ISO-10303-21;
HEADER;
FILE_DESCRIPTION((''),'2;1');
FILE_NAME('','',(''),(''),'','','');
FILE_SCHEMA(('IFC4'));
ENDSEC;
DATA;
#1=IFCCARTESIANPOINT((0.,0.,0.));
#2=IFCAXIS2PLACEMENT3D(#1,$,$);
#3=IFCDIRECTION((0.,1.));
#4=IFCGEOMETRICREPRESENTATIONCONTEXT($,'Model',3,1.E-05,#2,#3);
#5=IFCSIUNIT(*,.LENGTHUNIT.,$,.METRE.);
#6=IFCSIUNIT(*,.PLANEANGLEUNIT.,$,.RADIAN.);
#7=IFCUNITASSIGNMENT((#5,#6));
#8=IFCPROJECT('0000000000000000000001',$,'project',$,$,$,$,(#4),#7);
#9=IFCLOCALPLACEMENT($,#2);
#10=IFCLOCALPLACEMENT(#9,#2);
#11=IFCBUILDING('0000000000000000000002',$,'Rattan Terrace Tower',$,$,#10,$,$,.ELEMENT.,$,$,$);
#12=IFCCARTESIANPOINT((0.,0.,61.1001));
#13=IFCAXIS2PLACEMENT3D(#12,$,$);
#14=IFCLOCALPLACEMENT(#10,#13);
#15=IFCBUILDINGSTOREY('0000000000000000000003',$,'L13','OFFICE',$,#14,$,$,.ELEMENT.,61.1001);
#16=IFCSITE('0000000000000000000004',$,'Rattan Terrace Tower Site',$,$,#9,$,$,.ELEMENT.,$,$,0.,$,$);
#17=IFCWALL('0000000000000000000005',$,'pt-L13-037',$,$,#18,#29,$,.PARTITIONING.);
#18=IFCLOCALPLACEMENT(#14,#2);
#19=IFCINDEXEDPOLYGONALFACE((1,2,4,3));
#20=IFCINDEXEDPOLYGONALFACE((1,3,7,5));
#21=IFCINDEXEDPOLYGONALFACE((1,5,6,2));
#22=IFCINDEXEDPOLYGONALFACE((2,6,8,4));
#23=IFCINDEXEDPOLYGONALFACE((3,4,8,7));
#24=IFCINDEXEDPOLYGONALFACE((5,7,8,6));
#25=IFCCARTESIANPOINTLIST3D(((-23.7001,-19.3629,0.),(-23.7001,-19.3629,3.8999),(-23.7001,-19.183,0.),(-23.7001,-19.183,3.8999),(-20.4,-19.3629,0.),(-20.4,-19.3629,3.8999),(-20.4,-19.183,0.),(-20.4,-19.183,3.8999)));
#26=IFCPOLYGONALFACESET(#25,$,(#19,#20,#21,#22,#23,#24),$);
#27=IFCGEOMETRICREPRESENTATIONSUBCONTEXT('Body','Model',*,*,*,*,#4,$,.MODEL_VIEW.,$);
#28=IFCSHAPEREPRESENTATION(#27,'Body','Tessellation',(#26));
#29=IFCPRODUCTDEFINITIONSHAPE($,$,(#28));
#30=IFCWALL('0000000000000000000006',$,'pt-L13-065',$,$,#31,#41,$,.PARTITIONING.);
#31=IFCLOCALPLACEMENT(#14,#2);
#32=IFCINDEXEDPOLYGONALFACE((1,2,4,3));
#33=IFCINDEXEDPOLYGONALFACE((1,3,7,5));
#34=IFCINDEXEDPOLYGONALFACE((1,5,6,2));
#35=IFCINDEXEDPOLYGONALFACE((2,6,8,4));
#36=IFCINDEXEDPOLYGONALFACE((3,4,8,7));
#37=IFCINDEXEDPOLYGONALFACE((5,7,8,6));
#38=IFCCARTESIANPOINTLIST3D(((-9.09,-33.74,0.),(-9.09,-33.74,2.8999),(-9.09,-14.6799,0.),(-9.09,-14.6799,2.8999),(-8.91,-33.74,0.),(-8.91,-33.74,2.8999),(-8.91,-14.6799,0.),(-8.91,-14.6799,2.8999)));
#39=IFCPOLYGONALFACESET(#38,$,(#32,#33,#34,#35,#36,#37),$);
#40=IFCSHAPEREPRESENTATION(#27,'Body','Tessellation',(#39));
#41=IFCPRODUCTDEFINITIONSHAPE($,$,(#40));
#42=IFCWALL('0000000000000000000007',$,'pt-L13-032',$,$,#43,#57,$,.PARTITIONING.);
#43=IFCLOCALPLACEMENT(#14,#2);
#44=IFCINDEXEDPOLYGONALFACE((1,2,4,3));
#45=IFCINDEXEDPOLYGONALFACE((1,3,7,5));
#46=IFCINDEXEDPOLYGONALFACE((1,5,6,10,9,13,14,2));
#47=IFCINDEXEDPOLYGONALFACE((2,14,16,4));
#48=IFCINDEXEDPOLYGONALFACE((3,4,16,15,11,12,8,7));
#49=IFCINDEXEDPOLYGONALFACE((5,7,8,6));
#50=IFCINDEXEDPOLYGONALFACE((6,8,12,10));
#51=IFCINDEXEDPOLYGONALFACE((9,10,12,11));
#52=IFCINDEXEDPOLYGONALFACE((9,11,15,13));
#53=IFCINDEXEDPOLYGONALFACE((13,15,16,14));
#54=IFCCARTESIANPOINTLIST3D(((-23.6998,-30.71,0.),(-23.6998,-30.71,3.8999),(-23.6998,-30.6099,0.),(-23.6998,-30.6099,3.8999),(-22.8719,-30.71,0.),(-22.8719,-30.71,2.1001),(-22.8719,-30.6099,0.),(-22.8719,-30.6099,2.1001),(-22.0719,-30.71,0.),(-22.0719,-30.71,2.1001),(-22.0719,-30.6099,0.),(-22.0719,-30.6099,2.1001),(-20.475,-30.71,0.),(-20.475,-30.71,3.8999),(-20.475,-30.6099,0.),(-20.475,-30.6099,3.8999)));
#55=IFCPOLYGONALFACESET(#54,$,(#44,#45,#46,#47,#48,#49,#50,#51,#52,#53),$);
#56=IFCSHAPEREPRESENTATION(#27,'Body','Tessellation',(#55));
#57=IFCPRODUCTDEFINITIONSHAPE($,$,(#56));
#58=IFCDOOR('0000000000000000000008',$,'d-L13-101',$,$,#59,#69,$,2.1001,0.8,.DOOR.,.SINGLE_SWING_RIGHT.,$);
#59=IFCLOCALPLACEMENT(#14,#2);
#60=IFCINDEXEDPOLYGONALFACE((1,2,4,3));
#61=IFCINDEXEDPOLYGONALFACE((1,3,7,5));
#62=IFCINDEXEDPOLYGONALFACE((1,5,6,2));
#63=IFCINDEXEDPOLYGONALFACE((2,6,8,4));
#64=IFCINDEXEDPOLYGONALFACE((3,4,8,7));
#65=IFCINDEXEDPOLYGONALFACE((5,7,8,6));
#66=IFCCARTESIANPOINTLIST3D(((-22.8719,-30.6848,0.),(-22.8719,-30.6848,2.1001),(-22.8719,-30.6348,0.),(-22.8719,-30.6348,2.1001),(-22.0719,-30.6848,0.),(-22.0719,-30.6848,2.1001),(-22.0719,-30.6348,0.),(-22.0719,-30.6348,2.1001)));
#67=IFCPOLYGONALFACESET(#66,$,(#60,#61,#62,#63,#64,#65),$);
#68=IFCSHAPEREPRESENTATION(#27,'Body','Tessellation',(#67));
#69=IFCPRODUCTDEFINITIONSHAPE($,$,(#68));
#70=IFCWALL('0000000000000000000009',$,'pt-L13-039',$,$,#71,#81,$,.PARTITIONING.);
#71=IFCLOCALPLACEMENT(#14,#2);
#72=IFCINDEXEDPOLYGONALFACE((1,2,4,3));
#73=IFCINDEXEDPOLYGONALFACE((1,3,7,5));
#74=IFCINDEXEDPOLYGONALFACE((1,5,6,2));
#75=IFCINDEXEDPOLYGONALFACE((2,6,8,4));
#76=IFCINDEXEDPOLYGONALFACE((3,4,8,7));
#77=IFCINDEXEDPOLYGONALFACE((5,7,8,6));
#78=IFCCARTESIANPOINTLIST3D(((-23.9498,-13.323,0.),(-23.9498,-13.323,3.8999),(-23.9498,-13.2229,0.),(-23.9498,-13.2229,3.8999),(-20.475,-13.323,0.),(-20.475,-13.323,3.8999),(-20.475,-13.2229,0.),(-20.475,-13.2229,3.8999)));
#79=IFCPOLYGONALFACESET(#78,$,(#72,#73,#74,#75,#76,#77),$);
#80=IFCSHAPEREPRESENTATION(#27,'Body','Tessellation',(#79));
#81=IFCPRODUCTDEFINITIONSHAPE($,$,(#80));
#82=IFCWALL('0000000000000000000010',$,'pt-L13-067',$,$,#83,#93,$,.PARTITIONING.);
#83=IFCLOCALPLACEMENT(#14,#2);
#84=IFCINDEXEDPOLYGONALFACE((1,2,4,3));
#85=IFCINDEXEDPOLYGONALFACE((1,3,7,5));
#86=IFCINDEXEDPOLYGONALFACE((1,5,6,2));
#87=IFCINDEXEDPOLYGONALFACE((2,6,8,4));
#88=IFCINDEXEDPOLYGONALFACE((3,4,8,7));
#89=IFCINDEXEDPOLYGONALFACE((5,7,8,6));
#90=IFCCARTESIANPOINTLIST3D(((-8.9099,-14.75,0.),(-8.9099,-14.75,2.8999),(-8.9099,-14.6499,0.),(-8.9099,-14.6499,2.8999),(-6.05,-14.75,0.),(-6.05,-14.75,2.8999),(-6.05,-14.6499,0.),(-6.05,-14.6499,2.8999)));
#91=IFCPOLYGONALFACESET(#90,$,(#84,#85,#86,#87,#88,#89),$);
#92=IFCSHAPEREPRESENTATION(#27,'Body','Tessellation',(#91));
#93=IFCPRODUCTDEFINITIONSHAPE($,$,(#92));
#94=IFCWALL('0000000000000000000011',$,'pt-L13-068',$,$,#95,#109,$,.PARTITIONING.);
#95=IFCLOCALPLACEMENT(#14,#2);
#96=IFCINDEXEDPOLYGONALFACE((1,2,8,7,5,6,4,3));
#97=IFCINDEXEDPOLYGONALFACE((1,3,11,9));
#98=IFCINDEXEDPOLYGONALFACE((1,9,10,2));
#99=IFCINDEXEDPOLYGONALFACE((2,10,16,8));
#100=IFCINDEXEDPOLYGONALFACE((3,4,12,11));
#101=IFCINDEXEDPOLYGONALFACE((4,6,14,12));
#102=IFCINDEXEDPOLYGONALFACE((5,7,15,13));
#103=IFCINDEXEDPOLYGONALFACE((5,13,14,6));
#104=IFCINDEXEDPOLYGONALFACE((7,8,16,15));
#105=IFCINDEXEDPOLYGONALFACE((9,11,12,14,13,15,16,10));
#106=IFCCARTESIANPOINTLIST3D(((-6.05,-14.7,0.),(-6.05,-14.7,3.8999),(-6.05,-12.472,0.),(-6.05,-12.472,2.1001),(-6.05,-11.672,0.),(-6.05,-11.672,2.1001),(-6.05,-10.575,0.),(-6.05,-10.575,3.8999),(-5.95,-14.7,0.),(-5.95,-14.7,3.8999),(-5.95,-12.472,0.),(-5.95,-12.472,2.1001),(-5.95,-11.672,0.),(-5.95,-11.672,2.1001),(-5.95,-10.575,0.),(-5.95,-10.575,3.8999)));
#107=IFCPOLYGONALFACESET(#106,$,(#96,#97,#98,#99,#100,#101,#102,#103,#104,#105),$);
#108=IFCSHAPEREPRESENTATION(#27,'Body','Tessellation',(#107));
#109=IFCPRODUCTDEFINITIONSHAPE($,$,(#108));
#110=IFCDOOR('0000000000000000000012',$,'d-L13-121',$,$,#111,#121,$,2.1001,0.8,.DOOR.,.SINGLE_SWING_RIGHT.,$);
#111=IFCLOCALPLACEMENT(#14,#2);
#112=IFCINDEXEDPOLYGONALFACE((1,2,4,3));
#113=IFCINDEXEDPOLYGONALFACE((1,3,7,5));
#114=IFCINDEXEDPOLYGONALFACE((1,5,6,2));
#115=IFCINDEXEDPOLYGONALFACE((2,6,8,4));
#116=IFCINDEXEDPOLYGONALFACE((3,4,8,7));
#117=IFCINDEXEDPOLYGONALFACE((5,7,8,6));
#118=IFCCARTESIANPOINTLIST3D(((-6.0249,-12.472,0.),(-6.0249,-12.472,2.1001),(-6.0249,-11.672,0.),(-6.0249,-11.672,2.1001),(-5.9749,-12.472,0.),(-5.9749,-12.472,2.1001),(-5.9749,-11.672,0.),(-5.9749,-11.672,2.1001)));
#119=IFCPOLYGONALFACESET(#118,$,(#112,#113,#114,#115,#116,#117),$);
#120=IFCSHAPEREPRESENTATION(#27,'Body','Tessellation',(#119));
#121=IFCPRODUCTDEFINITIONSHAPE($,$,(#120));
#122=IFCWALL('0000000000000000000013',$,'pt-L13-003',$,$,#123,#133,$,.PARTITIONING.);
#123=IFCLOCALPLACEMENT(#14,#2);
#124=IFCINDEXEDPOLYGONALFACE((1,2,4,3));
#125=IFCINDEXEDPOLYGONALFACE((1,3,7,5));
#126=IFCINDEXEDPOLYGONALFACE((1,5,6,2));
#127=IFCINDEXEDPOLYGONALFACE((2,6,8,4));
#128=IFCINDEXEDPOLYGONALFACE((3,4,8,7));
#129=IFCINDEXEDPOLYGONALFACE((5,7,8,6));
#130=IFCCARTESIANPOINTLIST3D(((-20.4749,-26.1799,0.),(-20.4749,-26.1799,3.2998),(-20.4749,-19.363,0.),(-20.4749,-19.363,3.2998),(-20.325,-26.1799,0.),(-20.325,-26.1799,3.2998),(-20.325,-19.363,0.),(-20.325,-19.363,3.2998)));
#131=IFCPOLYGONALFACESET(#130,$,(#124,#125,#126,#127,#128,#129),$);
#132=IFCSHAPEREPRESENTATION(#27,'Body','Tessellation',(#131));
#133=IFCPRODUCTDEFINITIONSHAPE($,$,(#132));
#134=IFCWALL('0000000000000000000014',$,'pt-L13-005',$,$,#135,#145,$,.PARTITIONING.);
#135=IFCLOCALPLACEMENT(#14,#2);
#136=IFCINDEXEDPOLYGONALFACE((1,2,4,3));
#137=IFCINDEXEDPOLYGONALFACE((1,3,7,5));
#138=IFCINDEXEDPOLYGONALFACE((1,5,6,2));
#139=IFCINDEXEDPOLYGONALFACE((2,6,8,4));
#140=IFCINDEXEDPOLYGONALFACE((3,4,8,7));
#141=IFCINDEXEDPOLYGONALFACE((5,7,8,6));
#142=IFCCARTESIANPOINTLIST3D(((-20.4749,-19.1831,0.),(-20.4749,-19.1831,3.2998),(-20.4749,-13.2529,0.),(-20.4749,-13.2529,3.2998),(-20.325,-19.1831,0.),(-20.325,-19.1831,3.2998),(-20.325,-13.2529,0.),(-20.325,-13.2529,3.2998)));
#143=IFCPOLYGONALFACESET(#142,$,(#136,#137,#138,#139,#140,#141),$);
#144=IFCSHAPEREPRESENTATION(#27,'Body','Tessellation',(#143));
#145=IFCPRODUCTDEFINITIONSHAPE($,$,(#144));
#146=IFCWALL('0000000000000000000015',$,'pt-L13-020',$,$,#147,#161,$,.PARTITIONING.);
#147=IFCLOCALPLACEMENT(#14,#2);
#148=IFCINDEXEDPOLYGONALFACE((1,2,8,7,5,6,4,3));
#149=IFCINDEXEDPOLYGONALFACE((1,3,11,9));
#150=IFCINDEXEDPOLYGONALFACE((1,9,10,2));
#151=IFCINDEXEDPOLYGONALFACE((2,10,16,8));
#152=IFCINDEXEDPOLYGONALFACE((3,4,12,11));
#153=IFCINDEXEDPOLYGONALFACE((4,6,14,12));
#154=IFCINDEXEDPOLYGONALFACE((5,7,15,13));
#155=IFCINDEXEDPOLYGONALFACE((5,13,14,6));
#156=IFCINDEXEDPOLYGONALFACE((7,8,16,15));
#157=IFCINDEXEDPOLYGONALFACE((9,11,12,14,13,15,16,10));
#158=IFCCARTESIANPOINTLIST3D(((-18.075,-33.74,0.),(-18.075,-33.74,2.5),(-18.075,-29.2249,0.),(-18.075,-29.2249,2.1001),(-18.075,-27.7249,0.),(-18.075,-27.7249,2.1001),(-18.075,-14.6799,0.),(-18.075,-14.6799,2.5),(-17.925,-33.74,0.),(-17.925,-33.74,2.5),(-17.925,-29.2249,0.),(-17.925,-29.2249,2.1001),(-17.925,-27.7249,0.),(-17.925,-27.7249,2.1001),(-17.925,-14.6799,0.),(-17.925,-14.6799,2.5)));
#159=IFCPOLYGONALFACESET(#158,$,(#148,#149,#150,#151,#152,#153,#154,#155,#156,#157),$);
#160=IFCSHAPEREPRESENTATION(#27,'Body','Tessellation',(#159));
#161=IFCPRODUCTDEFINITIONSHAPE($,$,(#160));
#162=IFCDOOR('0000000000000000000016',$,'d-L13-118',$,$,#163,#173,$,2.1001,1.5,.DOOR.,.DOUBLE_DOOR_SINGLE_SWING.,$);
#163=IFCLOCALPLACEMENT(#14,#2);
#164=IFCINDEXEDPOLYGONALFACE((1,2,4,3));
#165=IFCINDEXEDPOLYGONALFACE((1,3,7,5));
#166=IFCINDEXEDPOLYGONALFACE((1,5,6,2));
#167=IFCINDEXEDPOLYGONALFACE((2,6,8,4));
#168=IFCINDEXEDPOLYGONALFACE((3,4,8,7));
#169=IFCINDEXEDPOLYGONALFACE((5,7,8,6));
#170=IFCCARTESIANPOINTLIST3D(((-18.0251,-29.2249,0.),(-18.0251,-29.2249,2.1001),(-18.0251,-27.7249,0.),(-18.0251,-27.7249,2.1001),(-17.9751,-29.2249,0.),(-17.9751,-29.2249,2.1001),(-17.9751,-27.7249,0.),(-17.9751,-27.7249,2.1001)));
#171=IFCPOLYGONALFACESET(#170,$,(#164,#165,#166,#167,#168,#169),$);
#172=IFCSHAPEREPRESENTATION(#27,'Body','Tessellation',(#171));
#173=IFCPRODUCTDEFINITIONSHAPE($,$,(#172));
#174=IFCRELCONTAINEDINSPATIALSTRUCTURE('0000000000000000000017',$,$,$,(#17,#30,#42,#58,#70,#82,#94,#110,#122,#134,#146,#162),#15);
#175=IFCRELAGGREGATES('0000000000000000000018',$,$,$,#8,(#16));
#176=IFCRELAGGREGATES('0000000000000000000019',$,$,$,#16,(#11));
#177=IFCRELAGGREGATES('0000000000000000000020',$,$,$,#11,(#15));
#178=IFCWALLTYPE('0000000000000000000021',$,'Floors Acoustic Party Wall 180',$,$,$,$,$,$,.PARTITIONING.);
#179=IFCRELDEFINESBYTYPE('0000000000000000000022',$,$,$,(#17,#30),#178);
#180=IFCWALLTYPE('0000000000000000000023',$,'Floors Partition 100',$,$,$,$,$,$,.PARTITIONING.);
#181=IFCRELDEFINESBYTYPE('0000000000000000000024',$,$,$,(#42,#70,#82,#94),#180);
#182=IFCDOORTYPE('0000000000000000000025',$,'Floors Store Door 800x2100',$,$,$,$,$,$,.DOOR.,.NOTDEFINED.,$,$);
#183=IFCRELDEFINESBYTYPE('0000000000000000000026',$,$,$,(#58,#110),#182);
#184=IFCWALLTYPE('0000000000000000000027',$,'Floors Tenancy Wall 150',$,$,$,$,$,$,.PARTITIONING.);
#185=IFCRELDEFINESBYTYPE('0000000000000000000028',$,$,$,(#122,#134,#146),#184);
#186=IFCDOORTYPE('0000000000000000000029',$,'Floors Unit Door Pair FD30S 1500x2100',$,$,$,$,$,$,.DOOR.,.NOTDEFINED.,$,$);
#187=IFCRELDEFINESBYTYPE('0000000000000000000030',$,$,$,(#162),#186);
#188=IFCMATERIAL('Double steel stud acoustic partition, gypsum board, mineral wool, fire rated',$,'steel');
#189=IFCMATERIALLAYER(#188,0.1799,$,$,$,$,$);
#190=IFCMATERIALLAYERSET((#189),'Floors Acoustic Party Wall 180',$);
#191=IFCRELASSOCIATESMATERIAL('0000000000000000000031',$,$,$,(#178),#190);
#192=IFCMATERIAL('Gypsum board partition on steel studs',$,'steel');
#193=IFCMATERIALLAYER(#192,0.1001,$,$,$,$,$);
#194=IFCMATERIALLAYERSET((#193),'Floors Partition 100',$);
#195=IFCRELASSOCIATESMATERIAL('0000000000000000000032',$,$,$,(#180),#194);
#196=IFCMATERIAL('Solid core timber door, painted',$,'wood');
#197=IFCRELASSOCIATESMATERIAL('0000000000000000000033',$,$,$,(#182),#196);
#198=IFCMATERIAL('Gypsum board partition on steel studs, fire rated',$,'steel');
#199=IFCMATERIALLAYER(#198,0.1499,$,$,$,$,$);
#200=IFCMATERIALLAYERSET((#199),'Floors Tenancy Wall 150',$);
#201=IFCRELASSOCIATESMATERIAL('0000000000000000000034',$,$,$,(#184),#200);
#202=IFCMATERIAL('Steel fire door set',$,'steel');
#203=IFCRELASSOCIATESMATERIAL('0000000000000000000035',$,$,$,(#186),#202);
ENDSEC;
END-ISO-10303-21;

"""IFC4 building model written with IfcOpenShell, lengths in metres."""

from ifc_helpers import new_model, si_unit, direction, frame, frame_2d, origin, place, context, subcontext, project, spatial, rectangle, extrude, material, layer, layer_set, type_object, element, fill, save


model = new_model("IFC4")

# Units and contexts
model_context = context("Model", 3, precision=1e-05, world=origin(), true_north=direction((0.0, 1.0)))
body_context = subcontext(model_context, "Body", "Model", "MODEL_VIEW")
ifc_project = project(units=[si_unit("LENGTHUNIT", "METRE"), si_unit("PLANEANGLEUNIT", "RADIAN")], contexts=[model_context])

# Site, building, storey
site_placement = place(None, origin())
site = spatial("IfcSite", under=ifc_project, at=site_placement, Name="Rattan Terrace Tower Site", CompositionType="ELEMENT", RefElevation=0.0)
building_placement = place(site_placement, origin())
building = spatial("IfcBuilding", under=site, at=building_placement, Name="Rattan Terrace Tower", CompositionType="ELEMENT")
storey_placement = place(building_placement, frame((0.0, 0.0, 61.1001)))
storey = spatial("IfcBuildingStorey", under=building, at=storey_placement, Name="L13", Description="OFFICE", CompositionType="ELEMENT", Elevation=61.1001)

# Walls
ifc_material_1 = material(Name="Double steel stud acoustic partition, gypsum board, mineral wool, fire rated", Category="steel")
ifc_layer_1 = layer(ifc_material_1, 0.1799)
ifc_layer_set_1 = layer_set([ifc_layer_1], Name="Floors Acoustic Party Wall 180")
wall_type_1 = type_object("IfcWallType", Name="Floors Acoustic Party Wall 180", PredefinedType="PARTITIONING", material=ifc_layer_set_1)
wall_1_placement = place(storey_placement, frame((-23.7, -19.2729, 0.0), z_axis=(0.0, 0.0, 1.0), x_axis=(1.0, 0.0, 0.0)))
element("IfcWall", 1, at=wall_1_placement, inside=storey, type_object=wall_type_1, Name="pt-L13-037", PredefinedType="PARTITIONING", context=body_context, shape_type="SweptSolid", body=[
    extrude(rectangle(XDim=3.3, YDim=0.1799, at=frame_2d((1.6499, 0.0))), origin(), (0.0, 0.0, 1.0), 3.8999),
])
wall_2_placement = place(storey_placement, frame((-9.0, -14.6799, 0.0), z_axis=(0.0, 0.0, 1.0), x_axis=(0.0, -1.0, 0.0)))
element("IfcWall", 2, at=wall_2_placement, inside=storey, type_object=wall_type_1, Name="pt-L13-065", PredefinedType="PARTITIONING", context=body_context, shape_type="SweptSolid", body=[
    extrude(rectangle(XDim=19.0601, YDim=0.1799, at=frame_2d((9.53, 0.0))), origin(), (0.0, 0.0, 1.0), 2.8999),
])

# Wall, opening, door
ifc_material_2 = material(Name="Gypsum board partition on steel studs", Category="steel")
ifc_layer_2 = layer(ifc_material_2, 0.1001)
ifc_layer_set_2 = layer_set([ifc_layer_2], Name="Floors Partition 100")
wall_type_2 = type_object("IfcWallType", Name="Floors Partition 100", PredefinedType="PARTITIONING", material=ifc_layer_set_2)
wall_3_placement = place(storey_placement, frame((-20.4751, -30.6599, 0.0), z_axis=(0.0, 0.0, 1.0), x_axis=(-1.0, 0.0, 0.0)))
wall_3 = element("IfcWall", 3, at=wall_3_placement, inside=storey, type_object=wall_type_2, Name="pt-L13-032", PredefinedType="PARTITIONING", context=body_context, shape_type="SweptSolid", body=[
    extrude(rectangle(XDim=3.2249, YDim=0.1001, at=frame_2d((1.6123, 0.0))), origin(), (0.0, 0.0, 1.0), 3.8999),
])
opening_1_placement = place(wall_3_placement, frame((1.5969, 0.0, 0.0)))
opening_1 = element("IfcOpeningElement", 4, at=opening_1_placement, cuts=wall_3, PredefinedType="OPENING", context=body_context, shape_type="SweptSolid", body=[
    extrude(rectangle(XDim=0.8, YDim=2.1001, at=frame_2d((0.3999, 1.05))), frame((0.0, 0.0605, 0.0), z_axis=(0.0, -1.0, 0.0), x_axis=(1.0, 0.0, 0.0)), (0.0, 0.0, 1.0), 0.1211),
])
ifc_material_3 = material(Name="Solid core timber door, painted", Category="wood")
door_type_1 = type_object("IfcDoorType", Name="Floors Store Door 800x2100", OperationType="NOTDEFINED", PredefinedType="DOOR", material=ifc_material_3)
door_1_placement = place(opening_1_placement, origin())
door_1 = element("IfcDoor", 5, at=door_1_placement, inside=storey, type_object=door_type_1, Name="d-L13-101", OperationType="SINGLE_SWING_RIGHT", OverallHeight=2.1001, OverallWidth=0.8, PredefinedType="DOOR", context=body_context, shape_type="SweptSolid", body=[
    extrude(rectangle(XDim=0.8, YDim=2.1001, at=frame_2d((0.3999, 1.05))), frame((0.0, 0.0249, 0.0), z_axis=(0.0, -1.0, 0.0), x_axis=(1.0, 0.0, 0.0)), (0.0, 0.0, 1.0), 0.05),
])
fill(opening_1, door_1)

# Walls
wall_4_placement = place(storey_placement, frame((-20.4751, -13.2729, 0.0), z_axis=(0.0, 0.0, 1.0), x_axis=(-1.0, 0.0, 0.0)))
element("IfcWall", 6, at=wall_4_placement, inside=storey, type_object=wall_type_2, Name="pt-L13-039", PredefinedType="PARTITIONING", context=body_context, shape_type="SweptSolid", body=[
    extrude(rectangle(XDim=3.4749, YDim=0.1001, at=frame_2d((1.7373, 0.0))), origin(), (0.0, 0.0, 1.0), 3.8999),
])
wall_5_placement = place(storey_placement, frame((-8.9099, -14.7, 0.0), z_axis=(0.0, 0.0, 1.0), x_axis=(1.0, 0.0, 0.0)))
element("IfcWall", 7, at=wall_5_placement, inside=storey, type_object=wall_type_2, Name="pt-L13-067", PredefinedType="PARTITIONING", context=body_context, shape_type="SweptSolid", body=[
    extrude(rectangle(XDim=2.8599, YDim=0.1001, at=frame_2d((1.4299, 0.0))), origin(), (0.0, 0.0, 1.0), 2.8999),
])

# Wall, opening, door
wall_6_placement = place(storey_placement, frame((-6.0, -14.7, 0.0), z_axis=(0.0, 0.0, 1.0), x_axis=(0.0, 1.0, 0.0)))
wall_6 = element("IfcWall", 8, at=wall_6_placement, inside=storey, type_object=wall_type_2, Name="pt-L13-068", PredefinedType="PARTITIONING", context=body_context, shape_type="SweptSolid", body=[
    extrude(rectangle(XDim=4.125, YDim=0.1001, at=frame_2d((2.0625, 0.0))), origin(), (0.0, 0.0, 1.0), 3.8999),
])
opening_2_placement = place(wall_6_placement, frame((2.228, 0.0, 0.0)))
opening_2 = element("IfcOpeningElement", 9, at=opening_2_placement, cuts=wall_6, PredefinedType="OPENING", context=body_context, shape_type="SweptSolid", body=[
    extrude(rectangle(XDim=0.8, YDim=2.1001, at=frame_2d((0.3999, 1.05))), frame((0.0, 0.0605, 0.0), z_axis=(0.0, -1.0, 0.0), x_axis=(1.0, 0.0, 0.0)), (0.0, 0.0, 1.0), 0.1211),
])
door_2_placement = place(opening_2_placement, origin())
door_2 = element("IfcDoor", 10, at=door_2_placement, inside=storey, type_object=door_type_1, Name="d-L13-121", OperationType="SINGLE_SWING_RIGHT", OverallHeight=2.1001, OverallWidth=0.8, PredefinedType="DOOR", context=body_context, shape_type="SweptSolid", body=[
    extrude(rectangle(XDim=0.8, YDim=2.1001, at=frame_2d((0.3999, 1.05))), frame((0.0, 0.0249, 0.0), z_axis=(0.0, -1.0, 0.0), x_axis=(1.0, 0.0, 0.0)), (0.0, 0.0, 1.0), 0.05),
])
fill(opening_2, door_2)

# Walls
ifc_material_4 = material(Name="Gypsum board partition on steel studs, fire rated", Category="steel")
ifc_layer_3 = layer(ifc_material_4, 0.1499)
ifc_layer_set_3 = layer_set([ifc_layer_3], Name="Floors Tenancy Wall 150")
wall_type_3 = type_object("IfcWallType", Name="Floors Tenancy Wall 150", PredefinedType="PARTITIONING", material=ifc_layer_set_3)
wall_7_placement = place(storey_placement, frame((-20.3999, -26.1799, 0.0), z_axis=(0.0, 0.0, 1.0), x_axis=(0.0, 1.0, 0.0)))
element("IfcWall", 11, at=wall_7_placement, inside=storey, type_object=wall_type_3, Name="pt-L13-003", PredefinedType="PARTITIONING", context=body_context, shape_type="SweptSolid", body=[
    extrude(rectangle(XDim=6.8169, YDim=0.1499, at=frame_2d((3.4084, 0.0))), origin(), (0.0, 0.0, 1.0), 3.2998),
])
wall_8_placement = place(storey_placement, frame((-20.3999, -19.1831, 0.0), z_axis=(0.0, 0.0, 1.0), x_axis=(0.0, 1.0, 0.0)))
element("IfcWall", 12, at=wall_8_placement, inside=storey, type_object=wall_type_3, Name="pt-L13-005", PredefinedType="PARTITIONING", context=body_context, shape_type="SweptSolid", body=[
    extrude(rectangle(XDim=5.9302, YDim=0.1499, at=frame_2d((2.9651, 0.0))), origin(), (0.0, 0.0, 1.0), 3.2998),
])

# Wall, opening, door
wall_9_placement = place(storey_placement, frame((-18.0, -14.6799, 0.0), z_axis=(0.0, 0.0, 1.0), x_axis=(0.0, -1.0, 0.0)))
wall_9 = element("IfcWall", 13, at=wall_9_placement, inside=storey, type_object=wall_type_3, Name="pt-L13-020", PredefinedType="PARTITIONING", context=body_context, shape_type="SweptSolid", body=[
    extrude(rectangle(XDim=19.0601, YDim=0.1499, at=frame_2d((9.53, 0.0))), origin(), (0.0, 0.0, 1.0), 2.5),
])
opening_3_placement = place(wall_9_placement, frame((13.0449, 0.0, 0.0)))
opening_3 = element("IfcOpeningElement", 14, at=opening_3_placement, cuts=wall_9, PredefinedType="OPENING", context=body_context, shape_type="SweptSolid", body=[
    extrude(rectangle(XDim=1.5, YDim=2.1001, at=frame_2d((0.75, 1.05))), frame((0.0, 0.0854, 0.0), z_axis=(0.0, -1.0, 0.0), x_axis=(1.0, 0.0, 0.0)), (0.0, 0.0, 1.0), 0.1709),
])
ifc_material_5 = material(Name="Steel fire door set", Category="steel")
door_type_2 = type_object("IfcDoorType", Name="Floors Unit Door Pair FD30S 1500x2100", OperationType="NOTDEFINED", PredefinedType="DOOR", material=ifc_material_5)
door_3_placement = place(opening_3_placement, origin())
door_3 = element("IfcDoor", 15, at=door_3_placement, inside=storey, type_object=door_type_2, Name="d-L13-118", OperationType="DOUBLE_DOOR_SINGLE_SWING", OverallHeight=2.1001, OverallWidth=1.5, PredefinedType="DOOR", context=body_context, shape_type="SweptSolid", body=[
    extrude(rectangle(XDim=1.5, YDim=2.1001, at=frame_2d((0.75, 1.05))), frame((0.0, 0.0249, 0.0), z_axis=(0.0, -1.0, 0.0), x_axis=(1.0, 0.0, 0.0)), (0.0, 0.0, 1.0), 0.05),
])
fill(opening_3, door_3)

save(model, "model.ifc")
